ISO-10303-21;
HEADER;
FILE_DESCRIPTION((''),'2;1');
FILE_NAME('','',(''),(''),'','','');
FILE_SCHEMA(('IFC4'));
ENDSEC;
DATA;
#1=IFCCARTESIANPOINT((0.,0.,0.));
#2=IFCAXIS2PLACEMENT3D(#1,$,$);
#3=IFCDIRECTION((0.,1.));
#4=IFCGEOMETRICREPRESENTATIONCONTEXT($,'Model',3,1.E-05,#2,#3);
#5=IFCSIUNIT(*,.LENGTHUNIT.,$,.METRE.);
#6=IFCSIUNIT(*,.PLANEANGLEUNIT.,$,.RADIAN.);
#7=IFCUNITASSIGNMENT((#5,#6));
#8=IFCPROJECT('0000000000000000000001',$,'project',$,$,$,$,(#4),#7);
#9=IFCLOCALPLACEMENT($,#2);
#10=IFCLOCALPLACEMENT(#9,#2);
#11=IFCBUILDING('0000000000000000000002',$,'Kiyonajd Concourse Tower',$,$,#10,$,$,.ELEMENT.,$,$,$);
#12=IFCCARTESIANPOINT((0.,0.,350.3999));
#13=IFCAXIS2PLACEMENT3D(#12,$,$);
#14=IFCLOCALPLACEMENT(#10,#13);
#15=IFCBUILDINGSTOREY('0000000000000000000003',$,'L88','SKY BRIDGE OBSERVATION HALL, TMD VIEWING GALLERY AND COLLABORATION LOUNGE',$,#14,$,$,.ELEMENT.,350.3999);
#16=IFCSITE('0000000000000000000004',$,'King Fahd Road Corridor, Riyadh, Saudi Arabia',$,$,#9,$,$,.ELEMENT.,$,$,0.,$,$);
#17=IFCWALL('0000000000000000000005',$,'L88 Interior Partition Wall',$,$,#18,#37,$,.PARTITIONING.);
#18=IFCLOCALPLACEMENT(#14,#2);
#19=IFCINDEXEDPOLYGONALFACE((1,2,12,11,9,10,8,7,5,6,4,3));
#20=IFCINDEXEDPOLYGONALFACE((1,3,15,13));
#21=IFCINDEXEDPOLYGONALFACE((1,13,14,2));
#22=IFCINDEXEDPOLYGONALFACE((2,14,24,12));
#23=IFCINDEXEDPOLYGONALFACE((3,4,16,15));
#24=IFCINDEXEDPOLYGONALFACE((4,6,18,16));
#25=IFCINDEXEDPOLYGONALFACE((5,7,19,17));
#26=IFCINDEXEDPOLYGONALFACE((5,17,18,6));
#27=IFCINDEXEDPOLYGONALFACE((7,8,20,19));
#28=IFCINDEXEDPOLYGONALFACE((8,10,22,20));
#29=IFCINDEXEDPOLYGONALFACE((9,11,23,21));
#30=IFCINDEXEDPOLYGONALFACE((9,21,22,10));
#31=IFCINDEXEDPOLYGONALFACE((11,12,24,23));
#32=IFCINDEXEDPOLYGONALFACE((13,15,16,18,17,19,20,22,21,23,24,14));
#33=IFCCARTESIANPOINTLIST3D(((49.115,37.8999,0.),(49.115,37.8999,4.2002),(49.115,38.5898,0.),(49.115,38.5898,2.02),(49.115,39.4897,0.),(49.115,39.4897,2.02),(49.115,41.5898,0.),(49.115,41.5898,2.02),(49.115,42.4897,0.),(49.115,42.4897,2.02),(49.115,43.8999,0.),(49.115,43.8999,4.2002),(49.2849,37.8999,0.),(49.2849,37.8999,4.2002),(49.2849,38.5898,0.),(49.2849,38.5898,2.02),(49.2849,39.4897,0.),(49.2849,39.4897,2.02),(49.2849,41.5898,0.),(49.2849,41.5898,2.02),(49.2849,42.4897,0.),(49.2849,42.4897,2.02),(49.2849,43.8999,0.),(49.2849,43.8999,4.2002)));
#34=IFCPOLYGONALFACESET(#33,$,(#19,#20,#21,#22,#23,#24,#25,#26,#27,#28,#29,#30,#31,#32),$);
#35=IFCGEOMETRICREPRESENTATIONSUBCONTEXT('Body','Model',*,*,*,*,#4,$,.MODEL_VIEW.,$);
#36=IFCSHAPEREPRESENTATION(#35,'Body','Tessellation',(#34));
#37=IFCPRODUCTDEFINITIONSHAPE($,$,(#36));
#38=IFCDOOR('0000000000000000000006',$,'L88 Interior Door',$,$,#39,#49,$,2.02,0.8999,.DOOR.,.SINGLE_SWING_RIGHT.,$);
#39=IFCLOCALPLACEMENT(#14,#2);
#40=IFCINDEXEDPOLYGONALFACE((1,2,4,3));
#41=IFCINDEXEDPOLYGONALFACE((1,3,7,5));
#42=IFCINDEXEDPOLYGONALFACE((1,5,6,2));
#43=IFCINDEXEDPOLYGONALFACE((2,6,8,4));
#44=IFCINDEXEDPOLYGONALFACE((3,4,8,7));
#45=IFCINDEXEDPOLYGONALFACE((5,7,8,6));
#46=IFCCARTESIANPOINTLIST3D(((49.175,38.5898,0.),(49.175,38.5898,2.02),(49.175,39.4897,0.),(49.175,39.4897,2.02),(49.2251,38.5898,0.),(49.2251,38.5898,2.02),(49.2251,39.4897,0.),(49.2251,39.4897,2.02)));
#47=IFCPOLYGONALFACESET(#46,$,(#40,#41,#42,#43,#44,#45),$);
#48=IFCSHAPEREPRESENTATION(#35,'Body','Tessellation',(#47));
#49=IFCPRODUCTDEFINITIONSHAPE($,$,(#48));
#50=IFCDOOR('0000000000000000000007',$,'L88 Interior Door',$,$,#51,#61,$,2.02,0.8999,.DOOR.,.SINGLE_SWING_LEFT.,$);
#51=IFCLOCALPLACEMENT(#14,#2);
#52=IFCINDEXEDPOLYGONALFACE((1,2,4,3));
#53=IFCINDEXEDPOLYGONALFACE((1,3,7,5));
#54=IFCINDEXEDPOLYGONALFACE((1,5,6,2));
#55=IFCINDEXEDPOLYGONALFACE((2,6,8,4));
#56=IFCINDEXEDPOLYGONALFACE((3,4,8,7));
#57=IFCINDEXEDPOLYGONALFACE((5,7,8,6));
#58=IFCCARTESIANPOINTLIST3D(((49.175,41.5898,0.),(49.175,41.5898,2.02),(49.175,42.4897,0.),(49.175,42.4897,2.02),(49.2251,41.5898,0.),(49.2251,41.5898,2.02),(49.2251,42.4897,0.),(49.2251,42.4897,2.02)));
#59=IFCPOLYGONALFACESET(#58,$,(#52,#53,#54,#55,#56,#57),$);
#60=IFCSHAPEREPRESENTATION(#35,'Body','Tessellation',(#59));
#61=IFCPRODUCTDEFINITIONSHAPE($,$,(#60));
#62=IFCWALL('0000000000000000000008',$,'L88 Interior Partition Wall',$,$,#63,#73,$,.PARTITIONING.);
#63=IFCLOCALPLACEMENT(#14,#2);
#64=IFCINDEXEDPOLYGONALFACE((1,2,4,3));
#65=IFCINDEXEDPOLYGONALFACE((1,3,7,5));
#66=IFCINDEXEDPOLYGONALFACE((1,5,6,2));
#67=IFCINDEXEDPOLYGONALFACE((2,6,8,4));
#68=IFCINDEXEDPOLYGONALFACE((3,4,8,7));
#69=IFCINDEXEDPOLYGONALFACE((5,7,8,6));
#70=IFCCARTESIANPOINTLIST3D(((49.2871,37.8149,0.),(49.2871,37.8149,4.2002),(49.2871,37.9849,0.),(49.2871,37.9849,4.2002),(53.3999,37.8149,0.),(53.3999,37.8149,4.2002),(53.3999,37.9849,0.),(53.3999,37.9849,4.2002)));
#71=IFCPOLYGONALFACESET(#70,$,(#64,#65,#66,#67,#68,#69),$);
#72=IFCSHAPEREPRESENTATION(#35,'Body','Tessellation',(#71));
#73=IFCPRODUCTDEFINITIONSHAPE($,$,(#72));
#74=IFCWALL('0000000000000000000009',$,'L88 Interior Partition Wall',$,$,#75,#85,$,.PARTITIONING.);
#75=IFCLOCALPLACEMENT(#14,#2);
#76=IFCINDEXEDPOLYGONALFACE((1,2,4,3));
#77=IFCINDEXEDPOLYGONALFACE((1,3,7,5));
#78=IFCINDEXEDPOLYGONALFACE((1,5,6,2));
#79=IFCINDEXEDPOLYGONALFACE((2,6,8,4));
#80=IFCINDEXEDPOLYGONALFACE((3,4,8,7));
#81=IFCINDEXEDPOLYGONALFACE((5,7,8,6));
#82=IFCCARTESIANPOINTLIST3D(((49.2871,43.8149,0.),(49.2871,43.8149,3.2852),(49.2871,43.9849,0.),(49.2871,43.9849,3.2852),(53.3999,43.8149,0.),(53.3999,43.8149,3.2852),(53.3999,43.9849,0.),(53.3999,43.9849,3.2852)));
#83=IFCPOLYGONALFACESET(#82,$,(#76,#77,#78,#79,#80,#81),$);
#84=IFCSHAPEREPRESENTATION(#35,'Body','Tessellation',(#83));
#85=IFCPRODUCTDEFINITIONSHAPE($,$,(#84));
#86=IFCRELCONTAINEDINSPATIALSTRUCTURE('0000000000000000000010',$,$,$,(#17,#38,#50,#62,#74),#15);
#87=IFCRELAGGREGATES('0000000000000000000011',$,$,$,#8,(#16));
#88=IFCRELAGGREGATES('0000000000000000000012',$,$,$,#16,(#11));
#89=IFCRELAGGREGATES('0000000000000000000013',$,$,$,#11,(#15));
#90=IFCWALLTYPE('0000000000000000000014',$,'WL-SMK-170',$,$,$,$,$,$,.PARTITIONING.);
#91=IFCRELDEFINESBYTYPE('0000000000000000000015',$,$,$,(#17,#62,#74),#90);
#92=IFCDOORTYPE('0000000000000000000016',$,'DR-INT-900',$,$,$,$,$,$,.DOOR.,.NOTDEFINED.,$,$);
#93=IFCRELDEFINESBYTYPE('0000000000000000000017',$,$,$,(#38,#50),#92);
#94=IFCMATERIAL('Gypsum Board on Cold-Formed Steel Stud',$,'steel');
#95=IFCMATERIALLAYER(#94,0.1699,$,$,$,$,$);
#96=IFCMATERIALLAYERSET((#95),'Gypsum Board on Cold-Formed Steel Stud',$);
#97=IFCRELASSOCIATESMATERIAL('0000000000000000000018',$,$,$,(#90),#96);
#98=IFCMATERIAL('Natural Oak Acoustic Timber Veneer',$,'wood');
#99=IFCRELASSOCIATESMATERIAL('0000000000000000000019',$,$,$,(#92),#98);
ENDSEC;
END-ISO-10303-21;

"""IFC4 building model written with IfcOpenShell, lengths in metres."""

from ifc_helpers import new_model, si_unit, direction, frame, frame_2d, origin, place, context, subcontext, project, spatial, rectangle, extrude, material, layer, layer_set, type_object, element, fill, save


model = new_model("IFC4")

# Units and contexts
model_context = context("Model", 3, precision=1e-05, world=origin(), true_north=direction((0.0, 1.0)))
body_context = subcontext(model_context, "Body", "Model", "MODEL_VIEW")
ifc_project = project(units=[si_unit("LENGTHUNIT", "METRE"), si_unit("PLANEANGLEUNIT", "RADIAN")], contexts=[model_context])

# Site, building, storey
site_placement = place(None, origin())
site = spatial("IfcSite", under=ifc_project, at=site_placement, Name="King Fahd Road Corridor, Riyadh, Saudi Arabia", CompositionType="ELEMENT", RefElevation=0.0)
building_placement = place(site_placement, origin())
building = spatial("IfcBuilding", under=site, at=building_placement, Name="Kiyonajd Concourse Tower", CompositionType="ELEMENT")
storey_placement = place(building_placement, frame((0.0, 0.0, 350.3999)))
storey = spatial("IfcBuildingStorey", under=building, at=storey_placement, Name="L88", Description="SKY BRIDGE OBSERVATION HALL, TMD VIEWING GALLERY AND COLLABORATION LOUNGE", CompositionType="ELEMENT", Elevation=350.3999)

# Shared definitions
ifc_material_1 = material(Name="Gypsum Board on Cold-Formed Steel Stud", Category="steel")

# Wall, openings, doors
ifc_layer_1 = layer(ifc_material_1, 0.1699)
ifc_layer_set_1 = layer_set([ifc_layer_1], Name="Gypsum Board on Cold-Formed Steel Stud")
wall_type_1 = type_object("IfcWallType", Name="WL-SMK-170", PredefinedType="PARTITIONING", material=ifc_layer_set_1)
wall_1_placement = place(storey_placement, frame((49.2, 37.8999, 0.0), z_axis=(0.0, 0.0, 1.0), x_axis=(0.0, 1.0, 0.0)))
wall_1 = element("IfcWall", 1, at=wall_1_placement, inside=storey, type_object=wall_type_1, Name="L88 Interior Partition Wall", PredefinedType="PARTITIONING", context=body_context, shape_type="SweptSolid", body=[
    extrude(rectangle(XDim=6.0, YDim=0.1699, at=frame_2d((3.0, 0.0))), origin(), (0.0, 0.0, 1.0), 4.2002),
])
opening_1_placement = place(wall_1_placement, frame((0.6899, 0.0, 0.0)))
opening_1 = element("IfcOpeningElement", 2, at=opening_1_placement, cuts=wall_1, PredefinedType="OPENING", context=body_context, shape_type="SweptSolid", body=[
    extrude(rectangle(XDim=0.8999, YDim=2.02, at=frame_2d((0.45, 1.01))), frame((0.0, 0.095, 0.0), z_axis=(0.0, -1.0, 0.0), x_axis=(1.0, 0.0, 0.0)), (0.0, 0.0, 1.0), 0.1899),
])
opening_2_placement = place(wall_1_placement, frame((3.6899, 0.0, 0.0)))
opening_2 = element("IfcOpeningElement", 3, at=opening_2_placement, cuts=wall_1, PredefinedType="OPENING", context=body_context, shape_type="SweptSolid", body=[
    extrude(rectangle(XDim=0.8999, YDim=2.02, at=frame_2d((0.45, 1.01))), frame((0.0, 0.095, 0.0), z_axis=(0.0, -1.0, 0.0), x_axis=(1.0, 0.0, 0.0)), (0.0, 0.0, 1.0), 0.1899),
])
ifc_material_2 = material(Name="Natural Oak Acoustic Timber Veneer", Category="wood")
door_type = type_object("IfcDoorType", Name="DR-INT-900", OperationType="NOTDEFINED", PredefinedType="DOOR", material=ifc_material_2)
door_1_placement = place(opening_1_placement, origin())
door_1 = element("IfcDoor", 4, at=door_1_placement, inside=storey, type_object=door_type, Name="L88 Interior Door", OperationType="SINGLE_SWING_RIGHT", OverallHeight=2.02, OverallWidth=0.8999, PredefinedType="DOOR", context=body_context, shape_type="SweptSolid", body=[
    extrude(rectangle(XDim=0.8999, YDim=2.02, at=frame_2d((0.45, 1.01))), frame((0.0, 0.0249, 0.0), z_axis=(0.0, -1.0, 0.0), x_axis=(1.0, 0.0, 0.0)), (0.0, 0.0, 1.0), 0.05),
])
fill(opening_1, door_1)
door_2_placement = place(opening_2_placement, origin())
door_2 = element("IfcDoor", 5, at=door_2_placement, inside=storey, type_object=door_type, Name="L88 Interior Door", OperationType="SINGLE_SWING_LEFT", OverallHeight=2.02, OverallWidth=0.8999, PredefinedType="DOOR", context=body_context, shape_type="SweptSolid", body=[
    extrude(rectangle(XDim=0.8999, YDim=2.02, at=frame_2d((0.45, 1.01))), frame((0.0, 0.0249, 0.0), z_axis=(0.0, -1.0, 0.0), x_axis=(1.0, 0.0, 0.0)), (0.0, 0.0, 1.0), 0.05),
])
fill(opening_2, door_2)

# Walls
wall_2_placement = place(storey_placement, frame((49.2871, 37.8999, 0.0), z_axis=(0.0, 0.0, 1.0), x_axis=(1.0, 0.0, 0.0)))
element("IfcWall", 6, at=wall_2_placement, inside=storey, type_object=wall_type_1, Name="L88 Interior Partition Wall", PredefinedType="PARTITIONING", context=body_context, shape_type="SweptSolid", body=[
    extrude(rectangle(XDim=4.1128, YDim=0.1699, at=frame_2d((2.0564, 0.0))), origin(), (0.0, 0.0, 1.0), 4.2002),
])
wall_3_placement = place(storey_placement, frame((49.2871, 43.8999, 0.0), z_axis=(0.0, 0.0, 1.0), x_axis=(1.0, 0.0, 0.0)))
element("IfcWall", 7, at=wall_3_placement, inside=storey, type_object=wall_type_1, Name="L88 Interior Partition Wall", PredefinedType="PARTITIONING", context=body_context, shape_type="SweptSolid", body=[
    extrude(rectangle(XDim=4.1128, YDim=0.1699, at=frame_2d((2.0564, 0.0))), origin(), (0.0, 0.0, 1.0), 3.2852),
])

save(model, "model.ifc")
